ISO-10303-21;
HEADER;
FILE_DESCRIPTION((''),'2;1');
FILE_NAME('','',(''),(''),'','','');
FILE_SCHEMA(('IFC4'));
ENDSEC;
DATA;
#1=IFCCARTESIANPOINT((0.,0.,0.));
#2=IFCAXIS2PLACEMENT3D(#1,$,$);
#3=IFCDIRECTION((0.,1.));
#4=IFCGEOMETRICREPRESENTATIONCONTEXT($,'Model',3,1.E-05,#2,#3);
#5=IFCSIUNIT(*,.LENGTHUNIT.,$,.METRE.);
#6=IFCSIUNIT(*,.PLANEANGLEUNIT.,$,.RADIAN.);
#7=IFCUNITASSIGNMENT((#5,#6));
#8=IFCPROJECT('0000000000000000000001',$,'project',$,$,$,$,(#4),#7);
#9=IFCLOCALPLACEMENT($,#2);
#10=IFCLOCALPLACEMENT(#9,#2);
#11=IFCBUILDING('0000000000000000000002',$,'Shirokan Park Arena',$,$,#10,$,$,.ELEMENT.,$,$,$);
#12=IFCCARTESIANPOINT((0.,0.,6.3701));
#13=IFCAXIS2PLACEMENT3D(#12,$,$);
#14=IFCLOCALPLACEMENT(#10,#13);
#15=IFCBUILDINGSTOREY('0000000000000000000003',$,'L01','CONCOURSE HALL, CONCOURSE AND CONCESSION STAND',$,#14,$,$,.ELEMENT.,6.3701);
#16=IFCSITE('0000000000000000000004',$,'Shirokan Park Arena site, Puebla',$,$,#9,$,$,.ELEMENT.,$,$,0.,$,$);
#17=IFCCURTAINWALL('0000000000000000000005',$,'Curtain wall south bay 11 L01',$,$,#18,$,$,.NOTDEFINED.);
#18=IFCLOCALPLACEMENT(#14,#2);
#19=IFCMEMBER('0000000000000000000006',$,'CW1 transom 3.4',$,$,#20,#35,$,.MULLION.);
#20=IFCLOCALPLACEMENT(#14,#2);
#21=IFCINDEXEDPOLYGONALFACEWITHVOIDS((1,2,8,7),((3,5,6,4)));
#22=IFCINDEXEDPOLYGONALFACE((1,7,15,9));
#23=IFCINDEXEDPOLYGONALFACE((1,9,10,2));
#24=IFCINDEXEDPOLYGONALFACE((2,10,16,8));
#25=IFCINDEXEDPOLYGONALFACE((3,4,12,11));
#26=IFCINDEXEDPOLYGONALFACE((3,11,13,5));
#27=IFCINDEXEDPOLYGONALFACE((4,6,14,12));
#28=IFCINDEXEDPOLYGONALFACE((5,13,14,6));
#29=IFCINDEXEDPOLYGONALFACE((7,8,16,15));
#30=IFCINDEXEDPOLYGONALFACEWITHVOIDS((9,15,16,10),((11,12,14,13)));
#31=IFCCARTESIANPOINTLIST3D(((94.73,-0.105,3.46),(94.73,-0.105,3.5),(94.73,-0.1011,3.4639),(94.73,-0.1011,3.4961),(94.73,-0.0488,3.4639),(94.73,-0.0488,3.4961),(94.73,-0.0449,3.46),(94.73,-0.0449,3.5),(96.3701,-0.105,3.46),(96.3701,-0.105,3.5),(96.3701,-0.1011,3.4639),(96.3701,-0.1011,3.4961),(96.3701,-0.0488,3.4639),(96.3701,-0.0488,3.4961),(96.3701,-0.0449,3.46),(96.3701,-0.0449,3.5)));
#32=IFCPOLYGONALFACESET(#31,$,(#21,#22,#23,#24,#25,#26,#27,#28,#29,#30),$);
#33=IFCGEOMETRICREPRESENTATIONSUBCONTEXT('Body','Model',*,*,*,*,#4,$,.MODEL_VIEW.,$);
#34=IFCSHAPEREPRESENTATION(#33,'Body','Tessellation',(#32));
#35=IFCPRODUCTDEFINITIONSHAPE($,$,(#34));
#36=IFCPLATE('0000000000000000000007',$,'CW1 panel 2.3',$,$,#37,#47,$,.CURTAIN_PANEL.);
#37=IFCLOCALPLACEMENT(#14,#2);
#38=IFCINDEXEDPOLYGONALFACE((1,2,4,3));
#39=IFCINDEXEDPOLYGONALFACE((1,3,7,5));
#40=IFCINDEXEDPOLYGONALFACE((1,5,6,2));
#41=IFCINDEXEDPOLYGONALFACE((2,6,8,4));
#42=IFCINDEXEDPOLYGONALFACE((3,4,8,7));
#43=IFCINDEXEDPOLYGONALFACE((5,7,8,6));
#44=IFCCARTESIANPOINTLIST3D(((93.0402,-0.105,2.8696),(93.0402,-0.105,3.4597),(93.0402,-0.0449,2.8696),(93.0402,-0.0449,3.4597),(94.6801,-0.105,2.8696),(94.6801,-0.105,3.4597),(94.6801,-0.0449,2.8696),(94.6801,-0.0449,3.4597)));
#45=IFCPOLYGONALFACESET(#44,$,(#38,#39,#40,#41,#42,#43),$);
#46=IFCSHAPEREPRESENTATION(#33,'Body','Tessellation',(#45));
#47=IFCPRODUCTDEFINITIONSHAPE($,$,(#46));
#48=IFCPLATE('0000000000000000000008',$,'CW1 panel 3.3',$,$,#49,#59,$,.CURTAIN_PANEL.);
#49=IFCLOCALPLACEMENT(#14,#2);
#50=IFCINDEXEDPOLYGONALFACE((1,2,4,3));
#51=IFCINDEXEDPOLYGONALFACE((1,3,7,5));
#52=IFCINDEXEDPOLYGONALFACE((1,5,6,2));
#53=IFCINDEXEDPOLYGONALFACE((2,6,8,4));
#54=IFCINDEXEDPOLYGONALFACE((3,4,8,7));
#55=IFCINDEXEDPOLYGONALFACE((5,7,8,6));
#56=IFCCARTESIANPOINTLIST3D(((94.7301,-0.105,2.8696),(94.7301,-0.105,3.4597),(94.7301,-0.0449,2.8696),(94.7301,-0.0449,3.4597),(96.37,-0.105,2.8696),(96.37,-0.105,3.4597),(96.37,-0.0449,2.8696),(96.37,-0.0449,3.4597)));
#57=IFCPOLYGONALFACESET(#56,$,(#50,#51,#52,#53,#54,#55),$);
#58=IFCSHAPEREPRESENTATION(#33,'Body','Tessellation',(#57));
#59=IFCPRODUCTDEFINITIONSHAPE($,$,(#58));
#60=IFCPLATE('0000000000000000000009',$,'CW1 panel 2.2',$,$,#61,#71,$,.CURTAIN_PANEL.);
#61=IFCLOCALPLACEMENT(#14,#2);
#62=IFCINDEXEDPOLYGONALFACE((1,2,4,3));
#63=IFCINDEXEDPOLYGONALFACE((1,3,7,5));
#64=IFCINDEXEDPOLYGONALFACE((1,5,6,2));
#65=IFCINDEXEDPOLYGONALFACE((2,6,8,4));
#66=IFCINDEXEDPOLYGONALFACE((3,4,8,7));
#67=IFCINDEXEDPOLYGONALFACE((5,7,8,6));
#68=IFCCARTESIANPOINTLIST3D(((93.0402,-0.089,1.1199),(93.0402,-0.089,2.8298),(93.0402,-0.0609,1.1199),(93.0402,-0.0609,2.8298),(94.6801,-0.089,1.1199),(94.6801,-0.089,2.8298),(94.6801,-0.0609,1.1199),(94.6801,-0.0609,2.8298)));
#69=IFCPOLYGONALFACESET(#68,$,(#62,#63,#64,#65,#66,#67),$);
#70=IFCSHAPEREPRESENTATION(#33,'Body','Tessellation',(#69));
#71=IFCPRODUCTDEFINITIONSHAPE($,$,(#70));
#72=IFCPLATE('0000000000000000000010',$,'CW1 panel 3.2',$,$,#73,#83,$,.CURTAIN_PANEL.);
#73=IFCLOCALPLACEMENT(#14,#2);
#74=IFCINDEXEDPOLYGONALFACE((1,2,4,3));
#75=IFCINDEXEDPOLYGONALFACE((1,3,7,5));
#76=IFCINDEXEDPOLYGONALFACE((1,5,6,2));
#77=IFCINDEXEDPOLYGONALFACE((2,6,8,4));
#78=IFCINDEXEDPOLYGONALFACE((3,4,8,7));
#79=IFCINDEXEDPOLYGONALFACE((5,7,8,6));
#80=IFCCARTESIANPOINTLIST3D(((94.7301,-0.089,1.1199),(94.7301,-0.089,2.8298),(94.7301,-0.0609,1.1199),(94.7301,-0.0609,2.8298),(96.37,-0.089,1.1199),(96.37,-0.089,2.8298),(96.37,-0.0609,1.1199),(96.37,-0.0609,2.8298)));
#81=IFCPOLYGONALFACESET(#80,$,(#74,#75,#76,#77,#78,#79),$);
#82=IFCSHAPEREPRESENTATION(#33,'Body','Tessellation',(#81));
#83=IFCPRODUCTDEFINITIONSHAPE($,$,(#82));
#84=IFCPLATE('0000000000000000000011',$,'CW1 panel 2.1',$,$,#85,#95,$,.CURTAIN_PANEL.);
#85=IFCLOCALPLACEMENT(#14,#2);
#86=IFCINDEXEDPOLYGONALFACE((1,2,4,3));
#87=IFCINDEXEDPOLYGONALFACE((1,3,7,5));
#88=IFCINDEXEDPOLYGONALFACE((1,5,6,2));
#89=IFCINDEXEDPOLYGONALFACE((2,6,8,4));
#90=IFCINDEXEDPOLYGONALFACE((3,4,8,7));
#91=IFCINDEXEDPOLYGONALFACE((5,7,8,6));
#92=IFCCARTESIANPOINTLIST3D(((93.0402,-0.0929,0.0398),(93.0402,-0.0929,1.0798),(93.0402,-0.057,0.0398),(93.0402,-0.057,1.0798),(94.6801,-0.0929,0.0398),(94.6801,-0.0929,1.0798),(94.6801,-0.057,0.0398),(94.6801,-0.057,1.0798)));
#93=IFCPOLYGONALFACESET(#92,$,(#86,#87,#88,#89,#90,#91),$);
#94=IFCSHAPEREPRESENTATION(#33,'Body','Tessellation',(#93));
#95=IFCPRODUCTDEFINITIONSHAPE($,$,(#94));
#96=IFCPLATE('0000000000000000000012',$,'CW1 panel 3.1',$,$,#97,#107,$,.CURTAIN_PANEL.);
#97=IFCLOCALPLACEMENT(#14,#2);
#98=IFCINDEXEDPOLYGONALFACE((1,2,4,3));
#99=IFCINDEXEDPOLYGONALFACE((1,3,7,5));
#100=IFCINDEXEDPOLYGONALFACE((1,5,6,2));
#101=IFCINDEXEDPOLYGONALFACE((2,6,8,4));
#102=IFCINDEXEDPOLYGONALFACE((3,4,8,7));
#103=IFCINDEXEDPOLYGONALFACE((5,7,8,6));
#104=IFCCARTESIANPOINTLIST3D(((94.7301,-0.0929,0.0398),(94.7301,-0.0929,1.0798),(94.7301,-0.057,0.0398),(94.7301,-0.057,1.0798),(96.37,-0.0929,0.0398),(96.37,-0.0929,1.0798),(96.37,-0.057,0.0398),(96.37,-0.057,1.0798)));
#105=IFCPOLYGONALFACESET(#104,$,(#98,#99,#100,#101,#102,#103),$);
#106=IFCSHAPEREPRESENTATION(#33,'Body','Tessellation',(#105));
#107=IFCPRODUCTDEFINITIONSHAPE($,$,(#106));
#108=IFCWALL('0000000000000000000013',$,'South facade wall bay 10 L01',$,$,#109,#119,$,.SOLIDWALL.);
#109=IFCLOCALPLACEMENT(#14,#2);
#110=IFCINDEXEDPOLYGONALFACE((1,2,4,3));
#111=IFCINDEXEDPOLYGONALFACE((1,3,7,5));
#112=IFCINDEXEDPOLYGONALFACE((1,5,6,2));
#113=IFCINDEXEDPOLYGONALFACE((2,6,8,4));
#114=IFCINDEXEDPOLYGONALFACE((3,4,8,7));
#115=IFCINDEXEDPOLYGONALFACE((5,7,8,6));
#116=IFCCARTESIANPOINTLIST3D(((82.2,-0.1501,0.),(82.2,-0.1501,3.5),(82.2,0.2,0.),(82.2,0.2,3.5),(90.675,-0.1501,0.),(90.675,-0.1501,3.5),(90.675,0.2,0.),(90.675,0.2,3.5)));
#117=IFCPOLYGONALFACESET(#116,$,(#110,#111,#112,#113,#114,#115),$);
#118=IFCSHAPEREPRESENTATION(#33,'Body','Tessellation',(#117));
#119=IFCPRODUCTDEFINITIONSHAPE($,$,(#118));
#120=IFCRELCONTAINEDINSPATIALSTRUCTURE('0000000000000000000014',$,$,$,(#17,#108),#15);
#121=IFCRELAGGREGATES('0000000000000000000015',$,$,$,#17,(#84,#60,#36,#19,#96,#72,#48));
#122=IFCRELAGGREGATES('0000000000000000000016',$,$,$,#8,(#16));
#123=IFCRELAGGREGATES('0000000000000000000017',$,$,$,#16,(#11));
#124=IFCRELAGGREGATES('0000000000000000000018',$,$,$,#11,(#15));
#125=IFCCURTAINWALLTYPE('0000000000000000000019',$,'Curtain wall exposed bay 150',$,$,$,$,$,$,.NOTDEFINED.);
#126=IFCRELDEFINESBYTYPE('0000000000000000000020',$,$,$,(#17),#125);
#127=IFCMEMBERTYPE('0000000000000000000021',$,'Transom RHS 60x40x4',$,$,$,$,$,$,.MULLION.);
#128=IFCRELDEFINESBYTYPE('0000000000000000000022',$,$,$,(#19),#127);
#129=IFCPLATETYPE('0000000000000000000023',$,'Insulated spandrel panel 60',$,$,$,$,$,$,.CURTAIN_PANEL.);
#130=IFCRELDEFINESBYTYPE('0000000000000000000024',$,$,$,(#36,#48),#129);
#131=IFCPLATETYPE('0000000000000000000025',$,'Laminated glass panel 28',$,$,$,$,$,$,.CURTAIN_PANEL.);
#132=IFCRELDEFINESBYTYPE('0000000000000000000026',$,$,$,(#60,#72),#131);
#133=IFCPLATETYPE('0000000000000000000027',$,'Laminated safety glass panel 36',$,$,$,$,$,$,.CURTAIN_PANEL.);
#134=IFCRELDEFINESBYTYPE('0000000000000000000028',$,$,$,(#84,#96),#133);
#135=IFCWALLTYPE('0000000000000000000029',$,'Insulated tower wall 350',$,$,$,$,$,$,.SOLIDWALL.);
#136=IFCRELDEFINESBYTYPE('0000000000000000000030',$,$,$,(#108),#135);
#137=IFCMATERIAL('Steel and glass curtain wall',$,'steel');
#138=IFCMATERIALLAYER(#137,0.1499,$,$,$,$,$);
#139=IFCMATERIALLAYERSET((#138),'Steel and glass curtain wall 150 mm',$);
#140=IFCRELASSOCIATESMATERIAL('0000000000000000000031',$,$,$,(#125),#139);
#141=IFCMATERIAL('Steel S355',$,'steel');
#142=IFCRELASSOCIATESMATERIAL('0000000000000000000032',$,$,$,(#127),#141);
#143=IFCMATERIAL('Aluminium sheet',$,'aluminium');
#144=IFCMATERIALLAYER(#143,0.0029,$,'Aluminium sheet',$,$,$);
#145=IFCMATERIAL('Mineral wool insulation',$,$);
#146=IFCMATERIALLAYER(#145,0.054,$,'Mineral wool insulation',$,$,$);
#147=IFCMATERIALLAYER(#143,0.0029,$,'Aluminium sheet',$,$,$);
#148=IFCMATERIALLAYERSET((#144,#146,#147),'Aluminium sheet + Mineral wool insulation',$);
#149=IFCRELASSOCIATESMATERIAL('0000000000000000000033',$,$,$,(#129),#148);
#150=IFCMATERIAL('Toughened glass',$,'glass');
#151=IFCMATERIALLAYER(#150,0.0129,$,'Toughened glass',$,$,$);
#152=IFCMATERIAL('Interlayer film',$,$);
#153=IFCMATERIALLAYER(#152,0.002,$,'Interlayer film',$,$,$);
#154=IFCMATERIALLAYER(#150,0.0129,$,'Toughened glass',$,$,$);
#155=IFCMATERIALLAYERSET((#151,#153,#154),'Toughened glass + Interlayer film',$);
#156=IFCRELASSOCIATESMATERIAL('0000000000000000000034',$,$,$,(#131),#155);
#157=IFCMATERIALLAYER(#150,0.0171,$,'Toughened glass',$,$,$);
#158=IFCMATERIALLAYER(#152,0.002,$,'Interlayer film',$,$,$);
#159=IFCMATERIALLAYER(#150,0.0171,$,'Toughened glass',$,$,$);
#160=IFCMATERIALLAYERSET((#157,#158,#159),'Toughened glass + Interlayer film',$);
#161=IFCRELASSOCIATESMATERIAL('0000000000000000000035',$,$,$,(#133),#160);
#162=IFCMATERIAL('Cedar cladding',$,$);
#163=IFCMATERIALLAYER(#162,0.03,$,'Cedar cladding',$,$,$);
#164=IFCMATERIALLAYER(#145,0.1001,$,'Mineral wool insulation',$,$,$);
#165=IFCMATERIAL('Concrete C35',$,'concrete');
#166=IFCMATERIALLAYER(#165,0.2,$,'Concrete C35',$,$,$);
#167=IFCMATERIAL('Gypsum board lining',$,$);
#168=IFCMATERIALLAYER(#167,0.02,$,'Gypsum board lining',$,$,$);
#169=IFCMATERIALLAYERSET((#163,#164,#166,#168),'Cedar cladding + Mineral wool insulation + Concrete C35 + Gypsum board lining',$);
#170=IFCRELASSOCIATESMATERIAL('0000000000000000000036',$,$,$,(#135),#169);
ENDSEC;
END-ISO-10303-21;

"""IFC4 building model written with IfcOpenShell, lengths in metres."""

from ifc_helpers import new_model, si_unit, direction, frame, frame_2d, origin, origin_2d, place, context, subcontext, project, spatial, rectangle, hollow_rectangle, extrude, material, layer, layer_set, material_profile, profile_set, type_object, element, aggregate, save


model = new_model("IFC4")

# Units and contexts
model_context = context("Model", 3, precision=1e-05, world=origin(), true_north=direction((0.0, 1.0)))
body_context = subcontext(model_context, "Body", "Model", "MODEL_VIEW")
ifc_project = project(units=[si_unit("LENGTHUNIT", "METRE"), si_unit("PLANEANGLEUNIT", "RADIAN")], contexts=[model_context])

# Site, building, storey
site_placement = place(None, origin())
site = spatial("IfcSite", under=ifc_project, at=site_placement, Name="Shirokan Park Arena site, Puebla", CompositionType="ELEMENT", RefElevation=0.0)
building_placement = place(site_placement, origin())
building = spatial("IfcBuilding", under=site, at=building_placement, Name="Shirokan Park Arena", CompositionType="ELEMENT")
storey_placement = place(building_placement, frame((0.0, 0.0, 6.3701)))
storey = spatial("IfcBuildingStorey", under=building, at=storey_placement, Name="L01", Description="CONCOURSE HALL, CONCOURSE AND CONCESSION STAND", CompositionType="ELEMENT", Elevation=6.3701)

# Shared definitions
ifc_material_1 = material(Name="Concrete C35", Category="concrete")

# Curtain wall
ifc_material_2 = material(Name="Steel and glass curtain wall", Category="steel")
ifc_layer_1 = layer(ifc_material_2, 0.1499)
ifc_layer_set_1 = layer_set([ifc_layer_1], Name="Steel and glass curtain wall 150 mm")
curtain_wall_type = type_object("IfcCurtainWallType", Name="Curtain wall exposed bay 150", PredefinedType="NOTDEFINED", material=ifc_layer_set_1)
curtain_wall_placement = place(storey_placement, origin())
curtain_wall = element("IfcCurtainWall", 1, at=curtain_wall_placement, inside=storey, type_object=curtain_wall_type, Name="Curtain wall south bay 11 L01", PredefinedType="NOTDEFINED")
ifc_material_3 = material(Name="Steel S355", Category="steel")

# Member
ifc_material_profile_1 = material_profile(ifc_material_3, hollow_rectangle(XDim=0.0601, YDim=0.04, WallThickness=0.0039, at=origin_2d()), Name="RHS 60x40x4")
ifc_profile_set_1 = profile_set([ifc_material_profile_1], Name="Steel S355")
member_type_1 = type_object("IfcMemberType", Name="Transom RHS 60x40x4", PredefinedType="MULLION", material=ifc_profile_set_1)
member_1_placement = place(storey_placement, frame((94.73, -0.075, 3.48), z_axis=(1.0, 0.0, 0.0), x_axis=(0.0, 1.0, 0.0)))
member_1 = element("IfcMember", 2, at=member_1_placement, type_object=member_type_1, Name="CW1 transom 3.4", PredefinedType="MULLION", context=body_context, shape_type="SweptSolid", body=[
    extrude(hollow_rectangle(XDim=0.0601, YDim=0.04, WallThickness=0.0039, at=origin_2d()), origin(), (0.0, 0.0, 1.0), 1.6401),
])

# Plates
ifc_material_4 = material(Name="Aluminium sheet", Category="aluminium")
ifc_layer_2 = layer(ifc_material_4, 0.0029, Name="Aluminium sheet")
ifc_material_5 = material(Name="Mineral wool insulation")
ifc_layer_3 = layer(ifc_material_5, 0.054, Name="Mineral wool insulation")
ifc_layer_4 = layer(ifc_material_4, 0.0029, Name="Aluminium sheet")
ifc_layer_set_2 = layer_set([ifc_layer_2, ifc_layer_3, ifc_layer_4], Name="Aluminium sheet + Mineral wool insulation")
plate_type_1 = type_object("IfcPlateType", Name="Insulated spandrel panel 60", PredefinedType="CURTAIN_PANEL", material=ifc_layer_set_2)
plate_1_placement = place(storey_placement, frame((93.8601, -0.075, 2.8696), z_axis=(0.0, 0.0, 1.0), x_axis=(1.0, 0.0, 0.0)))
plate_1 = element("IfcPlate", 3, at=plate_1_placement, type_object=plate_type_1, Name="CW1 panel 2.3", PredefinedType="CURTAIN_PANEL", context=body_context, shape_type="SweptSolid", body=[
    extrude(rectangle(XDim=1.6399, YDim=0.0601, at=origin_2d()), origin(), (0.0, 0.0, 1.0), 0.5901),
])
plate_2_placement = place(storey_placement, frame((95.55, -0.075, 2.8696), z_axis=(0.0, 0.0, 1.0), x_axis=(1.0, 0.0, 0.0)))
plate_2 = element("IfcPlate", 4, at=plate_2_placement, type_object=plate_type_1, Name="CW1 panel 3.3", PredefinedType="CURTAIN_PANEL", context=body_context, shape_type="SweptSolid", body=[
    extrude(rectangle(XDim=1.6399, YDim=0.0601, at=origin_2d()), origin(), (0.0, 0.0, 1.0), 0.5901),
])
ifc_material_6 = material(Name="Toughened glass", Category="glass")
ifc_layer_5 = layer(ifc_material_6, 0.0129, Name="Toughened glass")
ifc_material_7 = material(Name="Interlayer film")
ifc_layer_6 = layer(ifc_material_7, 0.002, Name="Interlayer film")
ifc_layer_7 = layer(ifc_material_6, 0.0129, Name="Toughened glass")
ifc_layer_set_3 = layer_set([ifc_layer_5, ifc_layer_6, ifc_layer_7], Name="Toughened glass + Interlayer film")
plate_type_2 = type_object("IfcPlateType", Name="Laminated glass panel 28", PredefinedType="CURTAIN_PANEL", material=ifc_layer_set_3)
plate_3_placement = place(storey_placement, frame((93.8601, -0.075, 1.1199), z_axis=(0.0, 0.0, 1.0), x_axis=(1.0, 0.0, 0.0)))
plate_3 = element("IfcPlate", 5, at=plate_3_placement, type_object=plate_type_2, Name="CW1 panel 2.2", PredefinedType="CURTAIN_PANEL", context=body_context, shape_type="SweptSolid", body=[
    extrude(rectangle(XDim=1.6399, YDim=0.0281, at=origin_2d()), origin(), (0.0, 0.0, 1.0), 1.71),
])
plate_4_placement = place(storey_placement, frame((95.55, -0.075, 1.1199), z_axis=(0.0, 0.0, 1.0), x_axis=(1.0, 0.0, 0.0)))
plate_4 = element("IfcPlate", 6, at=plate_4_placement, type_object=plate_type_2, Name="CW1 panel 3.2", PredefinedType="CURTAIN_PANEL", context=body_context, shape_type="SweptSolid", body=[
    extrude(rectangle(XDim=1.6399, YDim=0.0281, at=origin_2d()), origin(), (0.0, 0.0, 1.0), 1.71),
])
ifc_layer_8 = layer(ifc_material_6, 0.0171, Name="Toughened glass")
ifc_layer_9 = layer(ifc_material_7, 0.002, Name="Interlayer film")
ifc_layer_10 = layer(ifc_material_6, 0.0171, Name="Toughened glass")
ifc_layer_set_4 = layer_set([ifc_layer_8, ifc_layer_9, ifc_layer_10], Name="Toughened glass + Interlayer film")
plate_type_3 = type_object("IfcPlateType", Name="Laminated safety glass panel 36", PredefinedType="CURTAIN_PANEL", material=ifc_layer_set_4)
plate_5_placement = place(storey_placement, frame((93.8601, -0.075, 0.0398), z_axis=(0.0, 0.0, 1.0), x_axis=(1.0, 0.0, 0.0)))
plate_5 = element("IfcPlate", 7, at=plate_5_placement, type_object=plate_type_3, Name="CW1 panel 2.1", PredefinedType="CURTAIN_PANEL", context=body_context, shape_type="SweptSolid", body=[
    extrude(rectangle(XDim=1.6399, YDim=0.0359, at=origin_2d()), origin(), (0.0, 0.0, 1.0), 1.04),
])
plate_6_placement = place(storey_placement, frame((95.55, -0.075, 0.0398), z_axis=(0.0, 0.0, 1.0), x_axis=(1.0, 0.0, 0.0)))
plate_6 = element("IfcPlate", 8, at=plate_6_placement, type_object=plate_type_3, Name="CW1 panel 3.1", PredefinedType="CURTAIN_PANEL", context=body_context, shape_type="SweptSolid", body=[
    extrude(rectangle(XDim=1.6399, YDim=0.0359, at=origin_2d()), origin(), (0.0, 0.0, 1.0), 1.04),
])
aggregate(curtain_wall, [plate_5, plate_3, plate_1, member_1, plate_6, plate_4, plate_2])

# Wall
ifc_material_8 = material(Name="Cedar cladding")
ifc_layer_11 = layer(ifc_material_8, 0.03, Name="Cedar cladding")
ifc_layer_12 = layer(ifc_material_5, 0.1001, Name="Mineral wool insulation")
ifc_layer_13 = layer(ifc_material_1, 0.2, Name="Concrete C35")
ifc_material_9 = material(Name="Gypsum board lining")
ifc_layer_14 = layer(ifc_material_9, 0.02, Name="Gypsum board lining")
ifc_layer_set_5 = layer_set([ifc_layer_11, ifc_layer_12, ifc_layer_13, ifc_layer_14], Name="Cedar cladding + Mineral wool insulation + Concrete C35 + Gypsum board lining")
wall_type = type_object("IfcWallType", Name="Insulated tower wall 350", PredefinedType="SOLIDWALL", material=ifc_layer_set_5)
wall_placement = place(storey_placement, frame((82.2, 0.0249, 0.0), z_axis=(0.0, 0.0, 1.0), x_axis=(1.0, 0.0, 0.0)))
element("IfcWall", 9, at=wall_placement, inside=storey, type_object=wall_type, Name="South facade wall bay 10 L01", PredefinedType="SOLIDWALL", context=body_context, shape_type="SweptSolid", body=[
    extrude(rectangle(XDim=8.4751, YDim=0.3501, at=frame_2d((4.2375, 0.0))), origin(), (0.0, 0.0, 1.0), 3.5),
])

save(model, "model.ifc")
